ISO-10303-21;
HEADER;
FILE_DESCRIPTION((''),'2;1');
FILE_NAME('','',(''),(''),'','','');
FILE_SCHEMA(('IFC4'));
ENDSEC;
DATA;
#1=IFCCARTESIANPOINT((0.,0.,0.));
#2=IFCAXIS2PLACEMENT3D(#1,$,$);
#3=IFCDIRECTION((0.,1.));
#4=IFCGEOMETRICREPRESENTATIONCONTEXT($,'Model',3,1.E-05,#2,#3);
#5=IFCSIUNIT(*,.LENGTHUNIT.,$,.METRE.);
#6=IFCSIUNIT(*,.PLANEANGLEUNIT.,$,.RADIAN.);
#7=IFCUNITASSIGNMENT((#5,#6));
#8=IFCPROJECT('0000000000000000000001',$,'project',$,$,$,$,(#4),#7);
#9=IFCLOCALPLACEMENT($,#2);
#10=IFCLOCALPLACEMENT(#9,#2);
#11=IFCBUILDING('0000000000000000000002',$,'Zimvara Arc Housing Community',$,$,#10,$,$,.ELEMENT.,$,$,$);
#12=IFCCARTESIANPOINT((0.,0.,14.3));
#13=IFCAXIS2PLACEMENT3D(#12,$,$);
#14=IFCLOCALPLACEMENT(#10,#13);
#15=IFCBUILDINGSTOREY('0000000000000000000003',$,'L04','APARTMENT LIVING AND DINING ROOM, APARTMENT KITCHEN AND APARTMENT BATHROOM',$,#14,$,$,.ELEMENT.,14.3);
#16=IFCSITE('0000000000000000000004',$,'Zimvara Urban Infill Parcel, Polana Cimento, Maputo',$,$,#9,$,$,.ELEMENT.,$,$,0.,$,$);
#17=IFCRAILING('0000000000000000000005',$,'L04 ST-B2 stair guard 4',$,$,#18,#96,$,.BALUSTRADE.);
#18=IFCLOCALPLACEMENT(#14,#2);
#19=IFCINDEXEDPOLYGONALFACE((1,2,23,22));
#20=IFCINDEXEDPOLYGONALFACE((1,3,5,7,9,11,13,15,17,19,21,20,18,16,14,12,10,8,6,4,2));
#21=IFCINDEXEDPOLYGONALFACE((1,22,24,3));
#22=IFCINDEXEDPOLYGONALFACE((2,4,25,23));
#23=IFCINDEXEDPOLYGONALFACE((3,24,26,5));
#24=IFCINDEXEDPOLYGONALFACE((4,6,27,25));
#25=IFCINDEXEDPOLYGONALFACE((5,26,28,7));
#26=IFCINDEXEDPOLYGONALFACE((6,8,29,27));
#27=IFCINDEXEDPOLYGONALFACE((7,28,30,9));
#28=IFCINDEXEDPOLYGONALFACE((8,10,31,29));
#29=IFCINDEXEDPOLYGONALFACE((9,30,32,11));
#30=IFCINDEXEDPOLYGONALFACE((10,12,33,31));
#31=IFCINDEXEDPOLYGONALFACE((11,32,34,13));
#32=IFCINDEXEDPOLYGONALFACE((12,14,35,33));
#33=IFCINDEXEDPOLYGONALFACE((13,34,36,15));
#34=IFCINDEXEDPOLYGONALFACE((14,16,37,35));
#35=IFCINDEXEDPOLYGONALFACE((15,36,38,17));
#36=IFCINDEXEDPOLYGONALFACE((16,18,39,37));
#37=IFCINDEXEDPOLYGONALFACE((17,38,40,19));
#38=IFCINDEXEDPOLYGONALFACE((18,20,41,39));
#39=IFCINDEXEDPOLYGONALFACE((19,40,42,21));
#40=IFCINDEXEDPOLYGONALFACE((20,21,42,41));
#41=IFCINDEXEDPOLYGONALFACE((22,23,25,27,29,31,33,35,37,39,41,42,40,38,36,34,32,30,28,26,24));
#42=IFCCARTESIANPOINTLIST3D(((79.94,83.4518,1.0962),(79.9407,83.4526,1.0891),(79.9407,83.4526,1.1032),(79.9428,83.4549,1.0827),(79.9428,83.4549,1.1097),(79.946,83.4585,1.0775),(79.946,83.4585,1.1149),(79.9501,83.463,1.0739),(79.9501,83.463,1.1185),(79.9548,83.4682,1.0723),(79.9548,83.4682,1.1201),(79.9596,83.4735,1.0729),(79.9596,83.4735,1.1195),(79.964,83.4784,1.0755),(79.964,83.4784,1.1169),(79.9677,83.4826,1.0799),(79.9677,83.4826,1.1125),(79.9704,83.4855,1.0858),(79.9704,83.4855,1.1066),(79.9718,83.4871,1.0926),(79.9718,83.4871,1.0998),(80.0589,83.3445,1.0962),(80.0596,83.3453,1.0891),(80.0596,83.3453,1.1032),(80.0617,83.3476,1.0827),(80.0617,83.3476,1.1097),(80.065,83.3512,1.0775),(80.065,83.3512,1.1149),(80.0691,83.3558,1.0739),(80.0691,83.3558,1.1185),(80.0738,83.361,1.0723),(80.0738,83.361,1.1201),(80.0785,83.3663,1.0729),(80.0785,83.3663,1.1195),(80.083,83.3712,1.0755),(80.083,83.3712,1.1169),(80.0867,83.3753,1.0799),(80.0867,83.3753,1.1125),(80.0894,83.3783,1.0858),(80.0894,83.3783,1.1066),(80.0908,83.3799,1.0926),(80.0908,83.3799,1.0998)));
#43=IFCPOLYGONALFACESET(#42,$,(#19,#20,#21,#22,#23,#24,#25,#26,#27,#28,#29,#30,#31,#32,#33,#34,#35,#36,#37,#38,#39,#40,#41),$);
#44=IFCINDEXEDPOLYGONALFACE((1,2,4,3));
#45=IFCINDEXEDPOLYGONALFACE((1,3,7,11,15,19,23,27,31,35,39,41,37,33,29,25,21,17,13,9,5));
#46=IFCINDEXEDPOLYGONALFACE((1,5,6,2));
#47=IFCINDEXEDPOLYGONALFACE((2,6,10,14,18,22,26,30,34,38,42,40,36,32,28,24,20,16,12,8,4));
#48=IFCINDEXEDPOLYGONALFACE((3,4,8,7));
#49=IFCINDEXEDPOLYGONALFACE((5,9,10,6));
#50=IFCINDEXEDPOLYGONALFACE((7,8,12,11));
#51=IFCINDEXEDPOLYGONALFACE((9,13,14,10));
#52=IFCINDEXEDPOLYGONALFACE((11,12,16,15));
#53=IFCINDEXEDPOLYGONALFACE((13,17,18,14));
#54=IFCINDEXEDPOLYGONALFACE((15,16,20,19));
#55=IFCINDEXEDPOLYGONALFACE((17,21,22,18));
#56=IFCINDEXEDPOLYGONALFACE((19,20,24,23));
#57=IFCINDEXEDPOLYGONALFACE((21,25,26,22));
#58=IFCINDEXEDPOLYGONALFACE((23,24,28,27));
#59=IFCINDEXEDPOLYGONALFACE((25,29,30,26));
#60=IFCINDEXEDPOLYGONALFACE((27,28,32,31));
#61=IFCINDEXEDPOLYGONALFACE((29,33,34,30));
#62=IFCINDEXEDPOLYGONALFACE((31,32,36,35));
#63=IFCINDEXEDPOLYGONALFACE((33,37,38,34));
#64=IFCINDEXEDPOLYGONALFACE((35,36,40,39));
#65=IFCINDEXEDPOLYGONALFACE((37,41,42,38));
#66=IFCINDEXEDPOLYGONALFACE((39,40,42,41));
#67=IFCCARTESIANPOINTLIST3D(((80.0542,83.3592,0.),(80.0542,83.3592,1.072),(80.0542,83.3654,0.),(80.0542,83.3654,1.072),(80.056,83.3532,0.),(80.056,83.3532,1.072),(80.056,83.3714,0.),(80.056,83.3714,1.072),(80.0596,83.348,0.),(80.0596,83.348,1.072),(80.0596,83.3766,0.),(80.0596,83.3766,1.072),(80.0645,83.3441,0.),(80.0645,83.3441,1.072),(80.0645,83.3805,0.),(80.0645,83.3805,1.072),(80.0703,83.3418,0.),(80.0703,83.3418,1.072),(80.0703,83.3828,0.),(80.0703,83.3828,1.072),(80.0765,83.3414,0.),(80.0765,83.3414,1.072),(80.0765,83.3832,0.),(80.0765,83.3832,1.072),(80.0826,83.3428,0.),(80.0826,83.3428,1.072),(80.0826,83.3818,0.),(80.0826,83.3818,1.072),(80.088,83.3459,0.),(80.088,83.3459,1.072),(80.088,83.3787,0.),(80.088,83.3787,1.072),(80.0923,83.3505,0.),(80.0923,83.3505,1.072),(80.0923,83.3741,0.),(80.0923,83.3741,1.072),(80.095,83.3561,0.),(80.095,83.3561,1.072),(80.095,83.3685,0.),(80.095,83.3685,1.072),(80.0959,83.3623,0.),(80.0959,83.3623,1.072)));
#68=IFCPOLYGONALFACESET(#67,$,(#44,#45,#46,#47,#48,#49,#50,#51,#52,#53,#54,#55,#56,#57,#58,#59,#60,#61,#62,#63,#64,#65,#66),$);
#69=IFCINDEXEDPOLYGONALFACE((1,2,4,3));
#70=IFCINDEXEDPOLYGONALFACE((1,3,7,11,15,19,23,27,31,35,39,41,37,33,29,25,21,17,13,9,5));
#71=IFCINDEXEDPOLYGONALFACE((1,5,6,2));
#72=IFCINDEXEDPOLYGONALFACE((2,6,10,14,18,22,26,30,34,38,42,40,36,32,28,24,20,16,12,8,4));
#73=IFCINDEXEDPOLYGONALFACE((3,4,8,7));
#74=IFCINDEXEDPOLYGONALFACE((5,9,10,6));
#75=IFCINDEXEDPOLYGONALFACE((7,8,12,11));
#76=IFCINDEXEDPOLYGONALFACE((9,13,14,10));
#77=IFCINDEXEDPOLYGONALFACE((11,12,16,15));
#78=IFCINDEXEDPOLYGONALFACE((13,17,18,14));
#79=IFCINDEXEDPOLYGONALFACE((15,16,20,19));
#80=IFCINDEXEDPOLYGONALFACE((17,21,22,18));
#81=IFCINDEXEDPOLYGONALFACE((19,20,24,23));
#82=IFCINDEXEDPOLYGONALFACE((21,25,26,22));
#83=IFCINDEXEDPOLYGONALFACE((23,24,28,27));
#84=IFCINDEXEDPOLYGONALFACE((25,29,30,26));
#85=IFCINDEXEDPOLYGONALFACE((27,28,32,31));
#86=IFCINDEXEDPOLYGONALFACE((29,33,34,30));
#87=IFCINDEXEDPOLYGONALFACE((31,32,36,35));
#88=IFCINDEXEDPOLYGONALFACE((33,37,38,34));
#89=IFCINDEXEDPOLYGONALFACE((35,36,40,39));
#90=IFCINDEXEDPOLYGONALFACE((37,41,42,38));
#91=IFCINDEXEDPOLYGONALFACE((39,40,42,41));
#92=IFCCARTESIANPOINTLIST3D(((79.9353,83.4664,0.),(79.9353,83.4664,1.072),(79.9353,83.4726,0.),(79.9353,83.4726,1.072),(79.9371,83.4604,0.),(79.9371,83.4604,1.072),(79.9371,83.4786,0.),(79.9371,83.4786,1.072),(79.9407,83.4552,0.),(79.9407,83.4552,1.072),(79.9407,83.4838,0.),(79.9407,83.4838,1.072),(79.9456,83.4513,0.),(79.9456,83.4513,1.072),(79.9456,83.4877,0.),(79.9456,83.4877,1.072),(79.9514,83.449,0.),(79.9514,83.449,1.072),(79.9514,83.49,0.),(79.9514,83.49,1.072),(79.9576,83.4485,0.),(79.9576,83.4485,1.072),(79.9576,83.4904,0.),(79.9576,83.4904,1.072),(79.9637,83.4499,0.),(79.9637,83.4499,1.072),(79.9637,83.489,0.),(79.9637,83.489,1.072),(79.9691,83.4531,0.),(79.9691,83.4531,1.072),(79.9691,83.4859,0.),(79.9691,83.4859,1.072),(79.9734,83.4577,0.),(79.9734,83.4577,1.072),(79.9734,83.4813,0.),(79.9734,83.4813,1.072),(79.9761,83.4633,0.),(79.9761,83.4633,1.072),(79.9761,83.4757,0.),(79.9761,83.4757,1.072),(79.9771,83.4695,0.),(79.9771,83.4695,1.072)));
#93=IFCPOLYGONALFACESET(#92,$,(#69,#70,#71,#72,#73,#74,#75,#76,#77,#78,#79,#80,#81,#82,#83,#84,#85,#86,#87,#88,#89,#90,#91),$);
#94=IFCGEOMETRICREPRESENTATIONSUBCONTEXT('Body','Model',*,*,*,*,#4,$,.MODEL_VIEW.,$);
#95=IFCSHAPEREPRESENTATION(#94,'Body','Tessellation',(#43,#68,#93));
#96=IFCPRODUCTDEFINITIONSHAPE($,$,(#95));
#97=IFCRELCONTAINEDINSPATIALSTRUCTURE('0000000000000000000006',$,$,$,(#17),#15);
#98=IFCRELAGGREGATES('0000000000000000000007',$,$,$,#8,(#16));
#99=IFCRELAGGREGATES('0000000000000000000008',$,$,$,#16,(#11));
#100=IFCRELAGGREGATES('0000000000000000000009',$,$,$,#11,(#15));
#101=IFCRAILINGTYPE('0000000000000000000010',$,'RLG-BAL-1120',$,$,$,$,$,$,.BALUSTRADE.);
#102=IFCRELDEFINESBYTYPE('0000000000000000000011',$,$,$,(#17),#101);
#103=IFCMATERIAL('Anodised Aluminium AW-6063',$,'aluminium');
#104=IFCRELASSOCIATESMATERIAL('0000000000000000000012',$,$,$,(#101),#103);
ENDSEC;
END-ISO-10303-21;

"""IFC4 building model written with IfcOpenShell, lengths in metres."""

from ifc_helpers import new_model, si_unit, direction, frame, origin, origin_2d, place, context, subcontext, project, spatial, circle, extrude, material, type_object, element, save


model = new_model("IFC4")

# Units and contexts
model_context = context("Model", 3, precision=1e-05, world=origin(), true_north=direction((0.0, 1.0)))
body_context = subcontext(model_context, "Body", "Model", "MODEL_VIEW")
ifc_project = project(units=[si_unit("LENGTHUNIT", "METRE"), si_unit("PLANEANGLEUNIT", "RADIAN")], contexts=[model_context])

# Site, building, storey
site_placement = place(None, origin())
site = spatial("IfcSite", under=ifc_project, at=site_placement, Name="Zimvara Urban Infill Parcel, Polana Cimento, Maputo", CompositionType="ELEMENT", RefElevation=0.0)
building_placement = place(site_placement, origin())
building = spatial("IfcBuilding", under=site, at=building_placement, Name="Zimvara Arc Housing Community", CompositionType="ELEMENT")
storey_placement = place(building_placement, frame((0.0, 0.0, 14.3)))
storey = spatial("IfcBuildingStorey", under=building, at=storey_placement, Name="L04", Description="APARTMENT LIVING AND DINING ROOM, APARTMENT KITCHEN AND APARTMENT BATHROOM", CompositionType="ELEMENT", Elevation=14.3)

# Railing
ifc_material_1 = material(Name="Anodised Aluminium AW-6063", Category="aluminium")
railing_type_1 = type_object("IfcRailingType", Name="RLG-BAL-1120", PredefinedType="BALUSTRADE", material=ifc_material_1)
railing_1_placement = place(storey_placement, frame((80.075, 83.3623, 0.0)))
element("IfcRailing", 1, at=railing_1_placement, inside=storey, type_object=railing_type_1, Name="L04 ST-B2 stair guard 4", PredefinedType="BALUSTRADE", context=body_context, shape_type="SweptSolid", body=[
    extrude(circle(Radius=0.0239, at=origin_2d()), frame((0.0, 0.0, 1.0962), z_axis=(-0.742763, 0.669554, 0.0), x_axis=(-0.669554, -0.742763, 0.0)), (0.0, 0.0, 1.0), 0.1602),
    extrude(circle(Radius=0.021, at=origin_2d()), origin(), (0.0, 0.0, 1.0), 1.072),
    extrude(circle(Radius=0.021, at=origin_2d()), frame((-0.1189, 0.1072, 0.0)), (0.0, 0.0, 1.0), 1.072),
])

save(model, "model.ifc")
